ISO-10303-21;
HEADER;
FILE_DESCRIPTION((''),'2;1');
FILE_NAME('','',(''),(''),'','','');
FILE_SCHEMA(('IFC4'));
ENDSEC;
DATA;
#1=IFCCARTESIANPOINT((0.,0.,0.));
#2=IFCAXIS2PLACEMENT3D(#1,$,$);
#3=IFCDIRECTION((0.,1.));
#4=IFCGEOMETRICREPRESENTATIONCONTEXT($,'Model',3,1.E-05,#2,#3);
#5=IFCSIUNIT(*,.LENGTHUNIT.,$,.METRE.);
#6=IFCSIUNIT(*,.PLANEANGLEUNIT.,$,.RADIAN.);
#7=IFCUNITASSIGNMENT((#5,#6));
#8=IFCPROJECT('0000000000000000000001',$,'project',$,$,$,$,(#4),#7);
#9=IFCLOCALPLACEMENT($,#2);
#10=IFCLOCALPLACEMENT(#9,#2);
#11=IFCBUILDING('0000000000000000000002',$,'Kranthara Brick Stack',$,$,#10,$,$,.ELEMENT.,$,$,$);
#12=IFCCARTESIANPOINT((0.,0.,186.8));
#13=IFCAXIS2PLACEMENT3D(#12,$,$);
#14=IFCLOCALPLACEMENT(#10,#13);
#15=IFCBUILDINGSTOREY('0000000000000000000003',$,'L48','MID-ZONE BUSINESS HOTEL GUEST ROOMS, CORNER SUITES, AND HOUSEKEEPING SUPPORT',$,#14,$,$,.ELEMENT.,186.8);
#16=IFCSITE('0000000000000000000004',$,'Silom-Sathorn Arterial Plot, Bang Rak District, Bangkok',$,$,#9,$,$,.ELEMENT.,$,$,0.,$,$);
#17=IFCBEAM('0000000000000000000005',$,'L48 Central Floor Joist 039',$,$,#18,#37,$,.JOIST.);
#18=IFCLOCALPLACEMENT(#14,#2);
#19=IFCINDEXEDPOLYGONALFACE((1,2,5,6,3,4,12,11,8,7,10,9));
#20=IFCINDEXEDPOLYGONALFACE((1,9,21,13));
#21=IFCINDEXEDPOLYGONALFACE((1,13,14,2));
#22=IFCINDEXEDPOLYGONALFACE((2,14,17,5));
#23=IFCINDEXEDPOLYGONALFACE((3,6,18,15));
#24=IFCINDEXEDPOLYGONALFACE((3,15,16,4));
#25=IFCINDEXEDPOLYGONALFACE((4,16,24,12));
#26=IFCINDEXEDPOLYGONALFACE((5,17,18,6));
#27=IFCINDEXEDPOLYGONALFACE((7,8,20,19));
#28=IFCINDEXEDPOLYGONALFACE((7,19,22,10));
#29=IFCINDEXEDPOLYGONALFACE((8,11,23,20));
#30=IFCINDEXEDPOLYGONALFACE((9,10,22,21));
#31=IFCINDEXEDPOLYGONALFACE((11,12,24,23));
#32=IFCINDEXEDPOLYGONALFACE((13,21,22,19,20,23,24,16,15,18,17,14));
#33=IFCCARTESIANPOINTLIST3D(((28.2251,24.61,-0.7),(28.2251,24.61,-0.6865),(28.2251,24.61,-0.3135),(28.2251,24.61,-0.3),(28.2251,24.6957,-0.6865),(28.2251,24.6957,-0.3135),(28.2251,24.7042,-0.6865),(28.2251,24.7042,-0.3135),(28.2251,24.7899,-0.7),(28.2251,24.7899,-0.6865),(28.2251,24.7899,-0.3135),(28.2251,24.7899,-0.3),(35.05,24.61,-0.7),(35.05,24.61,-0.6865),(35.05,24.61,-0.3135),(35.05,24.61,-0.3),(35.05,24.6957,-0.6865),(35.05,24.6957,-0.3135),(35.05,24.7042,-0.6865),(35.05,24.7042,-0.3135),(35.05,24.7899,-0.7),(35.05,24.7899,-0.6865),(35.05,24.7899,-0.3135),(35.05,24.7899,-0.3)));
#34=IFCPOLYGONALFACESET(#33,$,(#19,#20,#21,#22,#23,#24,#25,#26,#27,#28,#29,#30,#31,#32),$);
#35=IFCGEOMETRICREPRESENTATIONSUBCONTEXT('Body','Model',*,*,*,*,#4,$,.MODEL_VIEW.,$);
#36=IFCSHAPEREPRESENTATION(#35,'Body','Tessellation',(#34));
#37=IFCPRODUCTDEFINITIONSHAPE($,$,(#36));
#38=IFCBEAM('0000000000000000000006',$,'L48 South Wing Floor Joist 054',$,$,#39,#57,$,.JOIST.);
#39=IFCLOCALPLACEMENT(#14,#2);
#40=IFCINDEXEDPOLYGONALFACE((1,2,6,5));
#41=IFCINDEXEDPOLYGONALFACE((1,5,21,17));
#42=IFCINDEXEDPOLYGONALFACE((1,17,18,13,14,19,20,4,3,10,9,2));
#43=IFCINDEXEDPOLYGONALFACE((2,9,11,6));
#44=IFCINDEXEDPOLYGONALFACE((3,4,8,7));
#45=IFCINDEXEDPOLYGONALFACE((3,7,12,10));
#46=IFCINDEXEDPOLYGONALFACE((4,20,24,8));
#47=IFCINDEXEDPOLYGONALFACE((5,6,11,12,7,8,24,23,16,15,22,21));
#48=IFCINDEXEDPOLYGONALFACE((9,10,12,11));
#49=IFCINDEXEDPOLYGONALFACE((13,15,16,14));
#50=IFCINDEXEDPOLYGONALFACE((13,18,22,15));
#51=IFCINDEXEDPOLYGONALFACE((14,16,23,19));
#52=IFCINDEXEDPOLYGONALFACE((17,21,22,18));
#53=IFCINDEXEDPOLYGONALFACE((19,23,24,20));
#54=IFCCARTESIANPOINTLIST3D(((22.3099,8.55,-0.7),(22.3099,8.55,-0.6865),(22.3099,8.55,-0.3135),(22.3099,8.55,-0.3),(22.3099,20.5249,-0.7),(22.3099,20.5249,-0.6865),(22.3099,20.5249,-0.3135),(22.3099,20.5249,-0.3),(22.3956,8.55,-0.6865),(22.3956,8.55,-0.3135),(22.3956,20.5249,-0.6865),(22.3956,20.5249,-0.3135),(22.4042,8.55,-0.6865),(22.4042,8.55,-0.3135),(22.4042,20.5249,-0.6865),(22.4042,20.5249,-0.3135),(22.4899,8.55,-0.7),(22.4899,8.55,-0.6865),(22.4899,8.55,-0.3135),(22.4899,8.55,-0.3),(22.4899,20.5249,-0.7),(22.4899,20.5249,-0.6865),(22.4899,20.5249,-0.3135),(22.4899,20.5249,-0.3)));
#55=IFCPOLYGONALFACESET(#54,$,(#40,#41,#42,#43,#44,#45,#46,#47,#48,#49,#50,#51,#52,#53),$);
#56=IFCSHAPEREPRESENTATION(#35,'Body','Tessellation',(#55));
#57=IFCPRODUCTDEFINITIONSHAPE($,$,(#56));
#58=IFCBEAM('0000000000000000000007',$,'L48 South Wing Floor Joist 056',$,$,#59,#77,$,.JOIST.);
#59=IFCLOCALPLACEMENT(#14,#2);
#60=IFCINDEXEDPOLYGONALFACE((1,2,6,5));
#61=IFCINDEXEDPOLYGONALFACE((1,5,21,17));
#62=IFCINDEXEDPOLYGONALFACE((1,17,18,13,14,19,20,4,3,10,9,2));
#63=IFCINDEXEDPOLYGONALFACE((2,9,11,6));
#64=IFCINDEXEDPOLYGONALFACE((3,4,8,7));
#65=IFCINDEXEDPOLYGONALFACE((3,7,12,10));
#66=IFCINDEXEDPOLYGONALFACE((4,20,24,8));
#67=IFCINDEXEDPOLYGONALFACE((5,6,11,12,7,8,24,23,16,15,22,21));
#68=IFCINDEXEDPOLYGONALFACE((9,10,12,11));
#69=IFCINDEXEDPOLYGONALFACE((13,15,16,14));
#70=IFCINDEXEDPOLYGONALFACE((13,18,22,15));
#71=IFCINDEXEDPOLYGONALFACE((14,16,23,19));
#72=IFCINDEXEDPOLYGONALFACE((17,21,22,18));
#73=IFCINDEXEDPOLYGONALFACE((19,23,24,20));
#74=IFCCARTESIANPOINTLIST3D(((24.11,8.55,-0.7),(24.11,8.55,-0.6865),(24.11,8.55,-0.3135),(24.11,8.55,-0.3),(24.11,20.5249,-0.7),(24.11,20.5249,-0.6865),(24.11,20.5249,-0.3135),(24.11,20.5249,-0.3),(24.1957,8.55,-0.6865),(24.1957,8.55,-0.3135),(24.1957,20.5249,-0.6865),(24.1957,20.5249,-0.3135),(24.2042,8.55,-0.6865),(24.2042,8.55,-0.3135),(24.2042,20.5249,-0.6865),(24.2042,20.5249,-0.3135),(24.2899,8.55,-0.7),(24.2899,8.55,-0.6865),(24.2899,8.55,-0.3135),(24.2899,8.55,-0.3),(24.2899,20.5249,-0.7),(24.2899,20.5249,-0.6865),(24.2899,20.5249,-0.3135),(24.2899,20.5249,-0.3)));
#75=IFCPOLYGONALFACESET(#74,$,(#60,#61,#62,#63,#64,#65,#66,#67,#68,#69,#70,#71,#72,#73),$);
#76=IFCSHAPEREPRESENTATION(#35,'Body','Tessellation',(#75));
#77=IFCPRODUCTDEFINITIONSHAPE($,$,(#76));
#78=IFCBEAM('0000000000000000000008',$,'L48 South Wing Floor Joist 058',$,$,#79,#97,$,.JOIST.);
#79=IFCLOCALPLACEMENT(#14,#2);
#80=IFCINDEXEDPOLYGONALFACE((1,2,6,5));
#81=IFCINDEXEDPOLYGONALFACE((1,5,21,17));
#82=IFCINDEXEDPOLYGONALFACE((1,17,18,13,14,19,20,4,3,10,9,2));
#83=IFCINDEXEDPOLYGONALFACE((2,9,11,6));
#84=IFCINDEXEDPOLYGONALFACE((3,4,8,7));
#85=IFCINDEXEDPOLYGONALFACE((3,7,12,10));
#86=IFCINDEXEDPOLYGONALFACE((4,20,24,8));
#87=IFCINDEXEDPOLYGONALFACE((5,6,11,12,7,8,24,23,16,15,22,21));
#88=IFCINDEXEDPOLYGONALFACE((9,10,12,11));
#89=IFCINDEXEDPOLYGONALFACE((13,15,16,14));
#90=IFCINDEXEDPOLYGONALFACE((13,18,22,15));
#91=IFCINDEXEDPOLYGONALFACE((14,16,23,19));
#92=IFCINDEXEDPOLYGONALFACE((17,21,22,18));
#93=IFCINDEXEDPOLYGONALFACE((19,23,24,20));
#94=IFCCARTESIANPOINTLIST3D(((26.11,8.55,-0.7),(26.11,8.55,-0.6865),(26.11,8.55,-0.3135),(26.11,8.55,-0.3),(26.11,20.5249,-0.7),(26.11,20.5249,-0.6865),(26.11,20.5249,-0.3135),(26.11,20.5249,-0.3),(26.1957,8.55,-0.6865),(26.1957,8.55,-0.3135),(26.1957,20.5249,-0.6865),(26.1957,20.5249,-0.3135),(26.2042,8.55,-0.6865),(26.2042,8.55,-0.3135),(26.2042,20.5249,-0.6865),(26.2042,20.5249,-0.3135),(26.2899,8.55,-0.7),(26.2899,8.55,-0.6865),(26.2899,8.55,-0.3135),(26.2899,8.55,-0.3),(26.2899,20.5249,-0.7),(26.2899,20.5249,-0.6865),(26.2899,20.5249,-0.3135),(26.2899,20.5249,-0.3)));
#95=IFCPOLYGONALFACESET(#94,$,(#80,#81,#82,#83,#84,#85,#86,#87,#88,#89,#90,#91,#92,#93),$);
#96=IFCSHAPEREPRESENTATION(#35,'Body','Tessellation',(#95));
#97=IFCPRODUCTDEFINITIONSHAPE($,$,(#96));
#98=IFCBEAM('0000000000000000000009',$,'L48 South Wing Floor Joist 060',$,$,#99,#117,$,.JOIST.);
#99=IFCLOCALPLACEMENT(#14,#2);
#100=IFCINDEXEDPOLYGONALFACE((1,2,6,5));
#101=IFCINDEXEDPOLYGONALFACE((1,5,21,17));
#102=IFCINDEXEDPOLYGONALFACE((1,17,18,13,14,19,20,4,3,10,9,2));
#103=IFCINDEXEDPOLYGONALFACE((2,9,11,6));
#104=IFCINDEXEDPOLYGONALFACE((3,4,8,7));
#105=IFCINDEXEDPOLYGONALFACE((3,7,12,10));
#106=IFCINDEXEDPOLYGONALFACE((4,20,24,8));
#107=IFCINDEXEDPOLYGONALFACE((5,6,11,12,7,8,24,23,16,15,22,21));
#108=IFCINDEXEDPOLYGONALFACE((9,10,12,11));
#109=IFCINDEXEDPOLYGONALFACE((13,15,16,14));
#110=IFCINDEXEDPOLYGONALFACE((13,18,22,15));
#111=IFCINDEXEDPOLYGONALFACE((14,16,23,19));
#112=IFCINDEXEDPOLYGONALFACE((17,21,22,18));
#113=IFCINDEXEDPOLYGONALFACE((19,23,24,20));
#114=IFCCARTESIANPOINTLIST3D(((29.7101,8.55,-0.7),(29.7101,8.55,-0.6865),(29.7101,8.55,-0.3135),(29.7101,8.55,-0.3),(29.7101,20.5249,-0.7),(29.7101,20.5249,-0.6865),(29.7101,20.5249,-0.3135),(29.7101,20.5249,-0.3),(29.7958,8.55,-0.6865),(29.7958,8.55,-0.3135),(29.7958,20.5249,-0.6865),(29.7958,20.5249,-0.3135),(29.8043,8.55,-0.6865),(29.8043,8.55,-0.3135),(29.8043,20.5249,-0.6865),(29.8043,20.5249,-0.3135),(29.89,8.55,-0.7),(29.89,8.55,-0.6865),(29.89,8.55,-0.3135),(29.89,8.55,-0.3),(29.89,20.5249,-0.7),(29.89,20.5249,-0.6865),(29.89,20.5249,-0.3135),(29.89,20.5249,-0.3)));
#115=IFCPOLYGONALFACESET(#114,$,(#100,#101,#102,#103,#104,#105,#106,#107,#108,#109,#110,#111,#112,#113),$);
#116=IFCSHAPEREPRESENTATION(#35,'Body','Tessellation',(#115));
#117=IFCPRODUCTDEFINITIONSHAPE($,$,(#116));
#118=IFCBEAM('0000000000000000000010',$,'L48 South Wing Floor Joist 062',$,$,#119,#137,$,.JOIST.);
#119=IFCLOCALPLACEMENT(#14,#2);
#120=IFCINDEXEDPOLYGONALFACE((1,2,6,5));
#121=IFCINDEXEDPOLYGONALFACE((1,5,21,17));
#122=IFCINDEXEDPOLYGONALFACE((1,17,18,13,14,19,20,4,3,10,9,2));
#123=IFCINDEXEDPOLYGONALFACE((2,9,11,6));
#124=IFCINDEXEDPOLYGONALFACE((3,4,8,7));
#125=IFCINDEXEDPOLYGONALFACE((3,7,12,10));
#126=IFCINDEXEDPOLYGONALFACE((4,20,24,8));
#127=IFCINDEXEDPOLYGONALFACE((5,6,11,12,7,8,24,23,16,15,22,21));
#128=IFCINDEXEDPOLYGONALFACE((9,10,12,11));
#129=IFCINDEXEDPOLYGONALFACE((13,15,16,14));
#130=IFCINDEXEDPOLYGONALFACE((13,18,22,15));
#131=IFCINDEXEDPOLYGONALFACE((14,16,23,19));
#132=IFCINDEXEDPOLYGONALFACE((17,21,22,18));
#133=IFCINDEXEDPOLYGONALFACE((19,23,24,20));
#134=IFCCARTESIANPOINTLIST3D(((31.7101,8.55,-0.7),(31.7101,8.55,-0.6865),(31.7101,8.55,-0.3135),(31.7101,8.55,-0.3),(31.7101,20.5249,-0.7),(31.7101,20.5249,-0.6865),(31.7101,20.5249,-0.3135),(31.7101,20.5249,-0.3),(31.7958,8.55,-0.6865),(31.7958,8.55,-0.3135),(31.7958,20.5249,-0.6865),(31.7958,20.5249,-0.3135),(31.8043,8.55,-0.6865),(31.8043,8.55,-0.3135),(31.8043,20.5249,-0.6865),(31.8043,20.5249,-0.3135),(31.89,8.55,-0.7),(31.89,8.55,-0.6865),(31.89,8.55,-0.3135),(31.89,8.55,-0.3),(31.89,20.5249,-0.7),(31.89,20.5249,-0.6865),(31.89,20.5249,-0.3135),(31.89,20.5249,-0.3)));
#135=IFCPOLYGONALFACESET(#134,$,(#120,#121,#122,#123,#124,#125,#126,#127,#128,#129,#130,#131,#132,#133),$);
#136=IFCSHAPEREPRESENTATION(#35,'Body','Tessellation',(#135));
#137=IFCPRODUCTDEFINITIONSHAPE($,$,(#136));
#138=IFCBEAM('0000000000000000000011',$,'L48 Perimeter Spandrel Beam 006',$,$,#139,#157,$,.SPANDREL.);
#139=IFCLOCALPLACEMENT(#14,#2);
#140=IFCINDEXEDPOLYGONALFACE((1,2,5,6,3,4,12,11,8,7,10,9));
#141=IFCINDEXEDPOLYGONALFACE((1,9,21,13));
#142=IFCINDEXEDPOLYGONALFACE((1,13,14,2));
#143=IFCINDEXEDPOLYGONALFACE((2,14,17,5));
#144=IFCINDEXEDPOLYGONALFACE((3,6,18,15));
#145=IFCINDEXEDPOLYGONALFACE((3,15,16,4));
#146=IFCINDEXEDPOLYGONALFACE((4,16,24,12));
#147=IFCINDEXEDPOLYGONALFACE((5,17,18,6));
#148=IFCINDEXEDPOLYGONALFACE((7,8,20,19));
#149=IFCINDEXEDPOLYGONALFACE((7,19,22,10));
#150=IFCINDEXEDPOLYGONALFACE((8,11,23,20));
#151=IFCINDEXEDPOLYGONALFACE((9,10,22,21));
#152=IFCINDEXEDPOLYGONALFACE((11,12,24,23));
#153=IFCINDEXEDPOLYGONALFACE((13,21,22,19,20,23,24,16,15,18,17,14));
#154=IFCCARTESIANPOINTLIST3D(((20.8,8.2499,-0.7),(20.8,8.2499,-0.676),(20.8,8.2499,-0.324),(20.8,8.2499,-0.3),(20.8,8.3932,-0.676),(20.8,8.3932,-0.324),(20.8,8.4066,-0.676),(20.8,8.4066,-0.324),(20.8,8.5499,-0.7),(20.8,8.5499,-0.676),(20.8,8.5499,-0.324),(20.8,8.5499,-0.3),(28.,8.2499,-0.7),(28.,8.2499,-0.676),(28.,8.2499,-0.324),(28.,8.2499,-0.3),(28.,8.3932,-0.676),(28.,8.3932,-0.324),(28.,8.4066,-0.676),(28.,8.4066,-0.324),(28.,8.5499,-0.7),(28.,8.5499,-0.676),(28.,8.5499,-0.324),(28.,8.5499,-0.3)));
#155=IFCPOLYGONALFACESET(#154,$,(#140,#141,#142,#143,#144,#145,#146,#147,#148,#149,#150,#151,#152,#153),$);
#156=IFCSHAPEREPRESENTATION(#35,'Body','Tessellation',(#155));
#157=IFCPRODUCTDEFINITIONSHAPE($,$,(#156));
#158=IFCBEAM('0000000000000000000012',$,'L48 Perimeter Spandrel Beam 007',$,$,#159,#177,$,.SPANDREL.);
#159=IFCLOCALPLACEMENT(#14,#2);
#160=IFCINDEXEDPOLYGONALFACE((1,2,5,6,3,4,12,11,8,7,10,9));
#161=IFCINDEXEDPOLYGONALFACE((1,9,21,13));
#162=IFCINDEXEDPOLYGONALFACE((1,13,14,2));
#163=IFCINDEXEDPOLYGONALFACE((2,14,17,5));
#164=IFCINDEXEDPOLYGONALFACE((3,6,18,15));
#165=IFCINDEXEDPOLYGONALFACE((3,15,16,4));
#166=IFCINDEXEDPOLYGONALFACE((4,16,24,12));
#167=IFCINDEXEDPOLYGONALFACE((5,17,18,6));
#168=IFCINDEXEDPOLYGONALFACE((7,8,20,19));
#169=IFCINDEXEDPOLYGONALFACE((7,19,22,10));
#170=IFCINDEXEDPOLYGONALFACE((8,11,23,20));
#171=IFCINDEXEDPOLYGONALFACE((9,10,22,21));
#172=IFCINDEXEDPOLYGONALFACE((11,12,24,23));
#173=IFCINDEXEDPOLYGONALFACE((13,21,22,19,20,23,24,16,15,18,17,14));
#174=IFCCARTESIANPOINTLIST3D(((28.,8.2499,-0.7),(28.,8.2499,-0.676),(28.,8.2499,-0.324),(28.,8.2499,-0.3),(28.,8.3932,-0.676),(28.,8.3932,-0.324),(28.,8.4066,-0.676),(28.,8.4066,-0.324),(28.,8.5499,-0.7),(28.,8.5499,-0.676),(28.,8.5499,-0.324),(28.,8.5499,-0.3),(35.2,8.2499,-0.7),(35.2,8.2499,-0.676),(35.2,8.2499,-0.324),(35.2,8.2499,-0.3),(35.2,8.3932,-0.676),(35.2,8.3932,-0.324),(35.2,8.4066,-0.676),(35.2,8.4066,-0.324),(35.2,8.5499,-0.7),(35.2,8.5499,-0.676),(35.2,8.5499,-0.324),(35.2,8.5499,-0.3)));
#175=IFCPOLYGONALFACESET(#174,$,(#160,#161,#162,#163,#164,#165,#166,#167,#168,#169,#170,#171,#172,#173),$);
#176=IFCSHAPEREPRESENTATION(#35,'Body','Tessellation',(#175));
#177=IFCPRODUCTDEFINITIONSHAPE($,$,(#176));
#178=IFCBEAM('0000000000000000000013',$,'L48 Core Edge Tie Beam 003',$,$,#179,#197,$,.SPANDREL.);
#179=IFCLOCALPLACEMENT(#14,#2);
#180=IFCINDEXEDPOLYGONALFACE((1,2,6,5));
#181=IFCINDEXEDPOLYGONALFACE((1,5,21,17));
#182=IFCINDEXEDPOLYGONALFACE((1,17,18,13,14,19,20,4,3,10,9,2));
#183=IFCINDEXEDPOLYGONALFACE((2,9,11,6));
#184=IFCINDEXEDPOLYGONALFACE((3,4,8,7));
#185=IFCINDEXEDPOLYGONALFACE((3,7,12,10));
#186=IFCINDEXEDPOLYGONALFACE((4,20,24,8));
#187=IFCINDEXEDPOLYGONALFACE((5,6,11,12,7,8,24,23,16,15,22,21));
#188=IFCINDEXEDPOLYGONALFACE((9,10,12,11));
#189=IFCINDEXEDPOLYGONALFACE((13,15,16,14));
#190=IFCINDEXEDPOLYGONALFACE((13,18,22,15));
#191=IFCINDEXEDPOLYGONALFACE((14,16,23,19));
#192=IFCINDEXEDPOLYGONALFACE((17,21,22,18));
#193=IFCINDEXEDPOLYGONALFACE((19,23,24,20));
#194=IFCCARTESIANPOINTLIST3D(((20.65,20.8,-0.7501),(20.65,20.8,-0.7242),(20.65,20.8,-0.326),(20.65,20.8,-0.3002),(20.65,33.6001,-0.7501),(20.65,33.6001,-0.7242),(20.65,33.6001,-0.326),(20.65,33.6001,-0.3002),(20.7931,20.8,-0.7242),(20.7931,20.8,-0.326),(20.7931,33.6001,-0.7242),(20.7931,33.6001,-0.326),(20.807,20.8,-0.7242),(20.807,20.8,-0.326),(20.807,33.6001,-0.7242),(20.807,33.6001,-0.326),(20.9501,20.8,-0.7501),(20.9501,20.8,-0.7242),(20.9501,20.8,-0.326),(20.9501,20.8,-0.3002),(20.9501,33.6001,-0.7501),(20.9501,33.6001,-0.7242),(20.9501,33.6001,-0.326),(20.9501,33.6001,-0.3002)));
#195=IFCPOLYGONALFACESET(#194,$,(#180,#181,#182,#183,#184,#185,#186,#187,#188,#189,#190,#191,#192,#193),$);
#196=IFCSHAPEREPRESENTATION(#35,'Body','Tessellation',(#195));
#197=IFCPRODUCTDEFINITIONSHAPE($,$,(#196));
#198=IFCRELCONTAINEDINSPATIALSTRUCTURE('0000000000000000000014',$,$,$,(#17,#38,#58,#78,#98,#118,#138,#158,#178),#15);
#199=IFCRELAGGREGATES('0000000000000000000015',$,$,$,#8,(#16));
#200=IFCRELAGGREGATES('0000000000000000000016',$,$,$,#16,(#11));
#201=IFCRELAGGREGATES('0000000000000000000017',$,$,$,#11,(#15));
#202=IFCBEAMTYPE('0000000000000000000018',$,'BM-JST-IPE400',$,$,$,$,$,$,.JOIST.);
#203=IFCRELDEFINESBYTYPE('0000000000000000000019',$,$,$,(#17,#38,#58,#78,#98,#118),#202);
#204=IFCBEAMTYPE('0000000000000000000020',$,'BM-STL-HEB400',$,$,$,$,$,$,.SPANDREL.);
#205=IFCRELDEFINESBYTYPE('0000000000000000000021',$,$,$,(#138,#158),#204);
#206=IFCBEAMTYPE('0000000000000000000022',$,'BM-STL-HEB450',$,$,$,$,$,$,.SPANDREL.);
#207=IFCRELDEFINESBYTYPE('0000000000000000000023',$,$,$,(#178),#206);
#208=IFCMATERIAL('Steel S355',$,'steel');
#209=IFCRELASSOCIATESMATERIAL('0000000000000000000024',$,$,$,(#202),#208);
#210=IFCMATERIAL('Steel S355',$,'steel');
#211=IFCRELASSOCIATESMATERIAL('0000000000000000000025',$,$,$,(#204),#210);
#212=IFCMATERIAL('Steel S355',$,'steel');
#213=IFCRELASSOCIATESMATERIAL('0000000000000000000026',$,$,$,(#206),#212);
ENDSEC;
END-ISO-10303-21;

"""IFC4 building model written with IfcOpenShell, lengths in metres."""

from ifc_helpers import new_model, si_unit, direction, frame, origin, origin_2d, place, context, subcontext, project, spatial, i_section, extrude, material, material_profile, profile_set, type_object, element, save


model = new_model("IFC4")

# Units and contexts
model_context = context("Model", 3, precision=1e-05, world=origin(), true_north=direction((0.0, 1.0)))
body_context = subcontext(model_context, "Body", "Model", "MODEL_VIEW")
ifc_project = project(units=[si_unit("LENGTHUNIT", "METRE"), si_unit("PLANEANGLEUNIT", "RADIAN")], contexts=[model_context])

# Site, building, storey
site_placement = place(None, origin())
site = spatial("IfcSite", under=ifc_project, at=site_placement, Name="Silom-Sathorn Arterial Plot, Bang Rak District, Bangkok", CompositionType="ELEMENT", RefElevation=0.0)
building_placement = place(site_placement, origin())
building = spatial("IfcBuilding", under=site, at=building_placement, Name="Kranthara Brick Stack", CompositionType="ELEMENT")
storey_placement = place(building_placement, frame((0.0, 0.0, 186.8)))
storey = spatial("IfcBuildingStorey", under=building, at=storey_placement, Name="L48", Description="MID-ZONE BUSINESS HOTEL GUEST ROOMS, CORNER SUITES, AND HOUSEKEEPING SUPPORT", CompositionType="ELEMENT", Elevation=186.8)

# Beams
ifc_material_1 = material(Name="Steel S355", Category="steel")
ifc_material_profile_1 = material_profile(ifc_material_1, i_section(OverallWidth=0.1799, OverallDepth=0.3999, WebThickness=0.0085, FlangeThickness=0.0134, at=origin_2d()), Name="IPE 400")
ifc_profile_set_1 = profile_set([ifc_material_profile_1], Name="Steel S355")
beam_type_1 = type_object("IfcBeamType", Name="BM-JST-IPE400", PredefinedType="JOIST", material=ifc_profile_set_1)
for number, where, z_axis, x_axis, name in (
    (1, (28.2251, 24.7, -0.5), (1.0, 0.0, 0.0), (0.0, 1.0, 0.0), "L48 Central Floor Joist 039"),
):
    element("IfcBeam", number, at=place(storey_placement, frame(where, z_axis=z_axis, x_axis=x_axis)), inside=storey, type_object=beam_type_1, Name=name, PredefinedType="JOIST", context=body_context, shape_type="SweptSolid", body=[
        extrude(i_section(OverallWidth=0.1799, OverallDepth=0.3999, WebThickness=0.0085, FlangeThickness=0.0134, at=origin_2d()), origin(), (0.0, 0.0, 1.0), 6.825),
    ])
for number, where, z_axis, x_axis, name in (
    (2, (22.3999, 8.55, -0.5), (0.0, 1.0, 0.0), (-1.0, 0.0, 0.0), "L48 South Wing Floor Joist 054"),
    (3, (24.2, 8.55, -0.5), (0.0, 1.0, 0.0), (-1.0, 0.0, 0.0), "L48 South Wing Floor Joist 056"),
    (4, (26.2, 8.55, -0.5), (0.0, 1.0, 0.0), (-1.0, 0.0, 0.0), "L48 South Wing Floor Joist 058"),
    (5, (29.8, 8.55, -0.5), (0.0, 1.0, 0.0), (-1.0, 0.0, 0.0), "L48 South Wing Floor Joist 060"),
    (6, (31.8, 8.55, -0.5), (0.0, 1.0, 0.0), (-1.0, 0.0, 0.0), "L48 South Wing Floor Joist 062"),
):
    element("IfcBeam", number, at=place(storey_placement, frame(where, z_axis=z_axis, x_axis=x_axis)), inside=storey, type_object=beam_type_1, Name=name, PredefinedType="JOIST", context=body_context, shape_type="SweptSolid", body=[
        extrude(i_section(OverallWidth=0.1799, OverallDepth=0.3999, WebThickness=0.0085, FlangeThickness=0.0134, at=origin_2d()), origin(), (0.0, 0.0, 1.0), 11.9749),
    ])
ifc_material_2 = material(Name="Steel S355", Category="steel")
ifc_material_profile_2 = material_profile(ifc_material_2, i_section(OverallWidth=0.3, OverallDepth=0.3999, WebThickness=0.0134, FlangeThickness=0.0239, at=origin_2d()), Name="HEB 400")
ifc_profile_set_2 = profile_set([ifc_material_profile_2], Name="Steel S355")
beam_type_2 = type_object("IfcBeamType", Name="BM-STL-HEB400", PredefinedType="SPANDREL", material=ifc_profile_set_2)
for number, where, z_axis, x_axis, name in (
    (7, (20.8, 8.3999, -0.5), (1.0, 0.0, 0.0), (0.0, 1.0, 0.0), "L48 Perimeter Spandrel Beam 006"),
    (8, (28.0, 8.3999, -0.5), (1.0, 0.0, 0.0), (0.0, 1.0, 0.0), "L48 Perimeter Spandrel Beam 007"),
):
    element("IfcBeam", number, at=place(storey_placement, frame(where, z_axis=z_axis, x_axis=x_axis)), inside=storey, type_object=beam_type_2, Name=name, PredefinedType="SPANDREL", context=body_context, shape_type="SweptSolid", body=[
        extrude(i_section(OverallWidth=0.3, OverallDepth=0.3999, WebThickness=0.0134, FlangeThickness=0.0239, at=origin_2d()), origin(), (0.0, 0.0, 1.0), 7.2),
    ])
ifc_material_3 = material(Name="Steel S355", Category="steel")
ifc_material_profile_3 = material_profile(ifc_material_3, i_section(OverallWidth=0.3, OverallDepth=0.45, WebThickness=0.0139, FlangeThickness=0.0259, at=origin_2d()), Name="HEB 450")
ifc_profile_set_3 = profile_set([ifc_material_profile_3], Name="Steel S355")
beam_type_3 = type_object("IfcBeamType", Name="BM-STL-HEB450", PredefinedType="SPANDREL", material=ifc_profile_set_3)
beam_1_placement = place(storey_placement, frame((20.8, 20.8, -0.5251), z_axis=(0.0, 1.0, 0.0), x_axis=(-1.0, 0.0, 0.0)))
element("IfcBeam", 9, at=beam_1_placement, inside=storey, type_object=beam_type_3, Name="L48 Core Edge Tie Beam 003", PredefinedType="SPANDREL", context=body_context, shape_type="SweptSolid", body=[
    extrude(i_section(OverallWidth=0.3, OverallDepth=0.45, WebThickness=0.0139, FlangeThickness=0.0259, at=origin_2d()), origin(), (0.0, 0.0, 1.0), 12.8),
])

save(model, "model.ifc")
